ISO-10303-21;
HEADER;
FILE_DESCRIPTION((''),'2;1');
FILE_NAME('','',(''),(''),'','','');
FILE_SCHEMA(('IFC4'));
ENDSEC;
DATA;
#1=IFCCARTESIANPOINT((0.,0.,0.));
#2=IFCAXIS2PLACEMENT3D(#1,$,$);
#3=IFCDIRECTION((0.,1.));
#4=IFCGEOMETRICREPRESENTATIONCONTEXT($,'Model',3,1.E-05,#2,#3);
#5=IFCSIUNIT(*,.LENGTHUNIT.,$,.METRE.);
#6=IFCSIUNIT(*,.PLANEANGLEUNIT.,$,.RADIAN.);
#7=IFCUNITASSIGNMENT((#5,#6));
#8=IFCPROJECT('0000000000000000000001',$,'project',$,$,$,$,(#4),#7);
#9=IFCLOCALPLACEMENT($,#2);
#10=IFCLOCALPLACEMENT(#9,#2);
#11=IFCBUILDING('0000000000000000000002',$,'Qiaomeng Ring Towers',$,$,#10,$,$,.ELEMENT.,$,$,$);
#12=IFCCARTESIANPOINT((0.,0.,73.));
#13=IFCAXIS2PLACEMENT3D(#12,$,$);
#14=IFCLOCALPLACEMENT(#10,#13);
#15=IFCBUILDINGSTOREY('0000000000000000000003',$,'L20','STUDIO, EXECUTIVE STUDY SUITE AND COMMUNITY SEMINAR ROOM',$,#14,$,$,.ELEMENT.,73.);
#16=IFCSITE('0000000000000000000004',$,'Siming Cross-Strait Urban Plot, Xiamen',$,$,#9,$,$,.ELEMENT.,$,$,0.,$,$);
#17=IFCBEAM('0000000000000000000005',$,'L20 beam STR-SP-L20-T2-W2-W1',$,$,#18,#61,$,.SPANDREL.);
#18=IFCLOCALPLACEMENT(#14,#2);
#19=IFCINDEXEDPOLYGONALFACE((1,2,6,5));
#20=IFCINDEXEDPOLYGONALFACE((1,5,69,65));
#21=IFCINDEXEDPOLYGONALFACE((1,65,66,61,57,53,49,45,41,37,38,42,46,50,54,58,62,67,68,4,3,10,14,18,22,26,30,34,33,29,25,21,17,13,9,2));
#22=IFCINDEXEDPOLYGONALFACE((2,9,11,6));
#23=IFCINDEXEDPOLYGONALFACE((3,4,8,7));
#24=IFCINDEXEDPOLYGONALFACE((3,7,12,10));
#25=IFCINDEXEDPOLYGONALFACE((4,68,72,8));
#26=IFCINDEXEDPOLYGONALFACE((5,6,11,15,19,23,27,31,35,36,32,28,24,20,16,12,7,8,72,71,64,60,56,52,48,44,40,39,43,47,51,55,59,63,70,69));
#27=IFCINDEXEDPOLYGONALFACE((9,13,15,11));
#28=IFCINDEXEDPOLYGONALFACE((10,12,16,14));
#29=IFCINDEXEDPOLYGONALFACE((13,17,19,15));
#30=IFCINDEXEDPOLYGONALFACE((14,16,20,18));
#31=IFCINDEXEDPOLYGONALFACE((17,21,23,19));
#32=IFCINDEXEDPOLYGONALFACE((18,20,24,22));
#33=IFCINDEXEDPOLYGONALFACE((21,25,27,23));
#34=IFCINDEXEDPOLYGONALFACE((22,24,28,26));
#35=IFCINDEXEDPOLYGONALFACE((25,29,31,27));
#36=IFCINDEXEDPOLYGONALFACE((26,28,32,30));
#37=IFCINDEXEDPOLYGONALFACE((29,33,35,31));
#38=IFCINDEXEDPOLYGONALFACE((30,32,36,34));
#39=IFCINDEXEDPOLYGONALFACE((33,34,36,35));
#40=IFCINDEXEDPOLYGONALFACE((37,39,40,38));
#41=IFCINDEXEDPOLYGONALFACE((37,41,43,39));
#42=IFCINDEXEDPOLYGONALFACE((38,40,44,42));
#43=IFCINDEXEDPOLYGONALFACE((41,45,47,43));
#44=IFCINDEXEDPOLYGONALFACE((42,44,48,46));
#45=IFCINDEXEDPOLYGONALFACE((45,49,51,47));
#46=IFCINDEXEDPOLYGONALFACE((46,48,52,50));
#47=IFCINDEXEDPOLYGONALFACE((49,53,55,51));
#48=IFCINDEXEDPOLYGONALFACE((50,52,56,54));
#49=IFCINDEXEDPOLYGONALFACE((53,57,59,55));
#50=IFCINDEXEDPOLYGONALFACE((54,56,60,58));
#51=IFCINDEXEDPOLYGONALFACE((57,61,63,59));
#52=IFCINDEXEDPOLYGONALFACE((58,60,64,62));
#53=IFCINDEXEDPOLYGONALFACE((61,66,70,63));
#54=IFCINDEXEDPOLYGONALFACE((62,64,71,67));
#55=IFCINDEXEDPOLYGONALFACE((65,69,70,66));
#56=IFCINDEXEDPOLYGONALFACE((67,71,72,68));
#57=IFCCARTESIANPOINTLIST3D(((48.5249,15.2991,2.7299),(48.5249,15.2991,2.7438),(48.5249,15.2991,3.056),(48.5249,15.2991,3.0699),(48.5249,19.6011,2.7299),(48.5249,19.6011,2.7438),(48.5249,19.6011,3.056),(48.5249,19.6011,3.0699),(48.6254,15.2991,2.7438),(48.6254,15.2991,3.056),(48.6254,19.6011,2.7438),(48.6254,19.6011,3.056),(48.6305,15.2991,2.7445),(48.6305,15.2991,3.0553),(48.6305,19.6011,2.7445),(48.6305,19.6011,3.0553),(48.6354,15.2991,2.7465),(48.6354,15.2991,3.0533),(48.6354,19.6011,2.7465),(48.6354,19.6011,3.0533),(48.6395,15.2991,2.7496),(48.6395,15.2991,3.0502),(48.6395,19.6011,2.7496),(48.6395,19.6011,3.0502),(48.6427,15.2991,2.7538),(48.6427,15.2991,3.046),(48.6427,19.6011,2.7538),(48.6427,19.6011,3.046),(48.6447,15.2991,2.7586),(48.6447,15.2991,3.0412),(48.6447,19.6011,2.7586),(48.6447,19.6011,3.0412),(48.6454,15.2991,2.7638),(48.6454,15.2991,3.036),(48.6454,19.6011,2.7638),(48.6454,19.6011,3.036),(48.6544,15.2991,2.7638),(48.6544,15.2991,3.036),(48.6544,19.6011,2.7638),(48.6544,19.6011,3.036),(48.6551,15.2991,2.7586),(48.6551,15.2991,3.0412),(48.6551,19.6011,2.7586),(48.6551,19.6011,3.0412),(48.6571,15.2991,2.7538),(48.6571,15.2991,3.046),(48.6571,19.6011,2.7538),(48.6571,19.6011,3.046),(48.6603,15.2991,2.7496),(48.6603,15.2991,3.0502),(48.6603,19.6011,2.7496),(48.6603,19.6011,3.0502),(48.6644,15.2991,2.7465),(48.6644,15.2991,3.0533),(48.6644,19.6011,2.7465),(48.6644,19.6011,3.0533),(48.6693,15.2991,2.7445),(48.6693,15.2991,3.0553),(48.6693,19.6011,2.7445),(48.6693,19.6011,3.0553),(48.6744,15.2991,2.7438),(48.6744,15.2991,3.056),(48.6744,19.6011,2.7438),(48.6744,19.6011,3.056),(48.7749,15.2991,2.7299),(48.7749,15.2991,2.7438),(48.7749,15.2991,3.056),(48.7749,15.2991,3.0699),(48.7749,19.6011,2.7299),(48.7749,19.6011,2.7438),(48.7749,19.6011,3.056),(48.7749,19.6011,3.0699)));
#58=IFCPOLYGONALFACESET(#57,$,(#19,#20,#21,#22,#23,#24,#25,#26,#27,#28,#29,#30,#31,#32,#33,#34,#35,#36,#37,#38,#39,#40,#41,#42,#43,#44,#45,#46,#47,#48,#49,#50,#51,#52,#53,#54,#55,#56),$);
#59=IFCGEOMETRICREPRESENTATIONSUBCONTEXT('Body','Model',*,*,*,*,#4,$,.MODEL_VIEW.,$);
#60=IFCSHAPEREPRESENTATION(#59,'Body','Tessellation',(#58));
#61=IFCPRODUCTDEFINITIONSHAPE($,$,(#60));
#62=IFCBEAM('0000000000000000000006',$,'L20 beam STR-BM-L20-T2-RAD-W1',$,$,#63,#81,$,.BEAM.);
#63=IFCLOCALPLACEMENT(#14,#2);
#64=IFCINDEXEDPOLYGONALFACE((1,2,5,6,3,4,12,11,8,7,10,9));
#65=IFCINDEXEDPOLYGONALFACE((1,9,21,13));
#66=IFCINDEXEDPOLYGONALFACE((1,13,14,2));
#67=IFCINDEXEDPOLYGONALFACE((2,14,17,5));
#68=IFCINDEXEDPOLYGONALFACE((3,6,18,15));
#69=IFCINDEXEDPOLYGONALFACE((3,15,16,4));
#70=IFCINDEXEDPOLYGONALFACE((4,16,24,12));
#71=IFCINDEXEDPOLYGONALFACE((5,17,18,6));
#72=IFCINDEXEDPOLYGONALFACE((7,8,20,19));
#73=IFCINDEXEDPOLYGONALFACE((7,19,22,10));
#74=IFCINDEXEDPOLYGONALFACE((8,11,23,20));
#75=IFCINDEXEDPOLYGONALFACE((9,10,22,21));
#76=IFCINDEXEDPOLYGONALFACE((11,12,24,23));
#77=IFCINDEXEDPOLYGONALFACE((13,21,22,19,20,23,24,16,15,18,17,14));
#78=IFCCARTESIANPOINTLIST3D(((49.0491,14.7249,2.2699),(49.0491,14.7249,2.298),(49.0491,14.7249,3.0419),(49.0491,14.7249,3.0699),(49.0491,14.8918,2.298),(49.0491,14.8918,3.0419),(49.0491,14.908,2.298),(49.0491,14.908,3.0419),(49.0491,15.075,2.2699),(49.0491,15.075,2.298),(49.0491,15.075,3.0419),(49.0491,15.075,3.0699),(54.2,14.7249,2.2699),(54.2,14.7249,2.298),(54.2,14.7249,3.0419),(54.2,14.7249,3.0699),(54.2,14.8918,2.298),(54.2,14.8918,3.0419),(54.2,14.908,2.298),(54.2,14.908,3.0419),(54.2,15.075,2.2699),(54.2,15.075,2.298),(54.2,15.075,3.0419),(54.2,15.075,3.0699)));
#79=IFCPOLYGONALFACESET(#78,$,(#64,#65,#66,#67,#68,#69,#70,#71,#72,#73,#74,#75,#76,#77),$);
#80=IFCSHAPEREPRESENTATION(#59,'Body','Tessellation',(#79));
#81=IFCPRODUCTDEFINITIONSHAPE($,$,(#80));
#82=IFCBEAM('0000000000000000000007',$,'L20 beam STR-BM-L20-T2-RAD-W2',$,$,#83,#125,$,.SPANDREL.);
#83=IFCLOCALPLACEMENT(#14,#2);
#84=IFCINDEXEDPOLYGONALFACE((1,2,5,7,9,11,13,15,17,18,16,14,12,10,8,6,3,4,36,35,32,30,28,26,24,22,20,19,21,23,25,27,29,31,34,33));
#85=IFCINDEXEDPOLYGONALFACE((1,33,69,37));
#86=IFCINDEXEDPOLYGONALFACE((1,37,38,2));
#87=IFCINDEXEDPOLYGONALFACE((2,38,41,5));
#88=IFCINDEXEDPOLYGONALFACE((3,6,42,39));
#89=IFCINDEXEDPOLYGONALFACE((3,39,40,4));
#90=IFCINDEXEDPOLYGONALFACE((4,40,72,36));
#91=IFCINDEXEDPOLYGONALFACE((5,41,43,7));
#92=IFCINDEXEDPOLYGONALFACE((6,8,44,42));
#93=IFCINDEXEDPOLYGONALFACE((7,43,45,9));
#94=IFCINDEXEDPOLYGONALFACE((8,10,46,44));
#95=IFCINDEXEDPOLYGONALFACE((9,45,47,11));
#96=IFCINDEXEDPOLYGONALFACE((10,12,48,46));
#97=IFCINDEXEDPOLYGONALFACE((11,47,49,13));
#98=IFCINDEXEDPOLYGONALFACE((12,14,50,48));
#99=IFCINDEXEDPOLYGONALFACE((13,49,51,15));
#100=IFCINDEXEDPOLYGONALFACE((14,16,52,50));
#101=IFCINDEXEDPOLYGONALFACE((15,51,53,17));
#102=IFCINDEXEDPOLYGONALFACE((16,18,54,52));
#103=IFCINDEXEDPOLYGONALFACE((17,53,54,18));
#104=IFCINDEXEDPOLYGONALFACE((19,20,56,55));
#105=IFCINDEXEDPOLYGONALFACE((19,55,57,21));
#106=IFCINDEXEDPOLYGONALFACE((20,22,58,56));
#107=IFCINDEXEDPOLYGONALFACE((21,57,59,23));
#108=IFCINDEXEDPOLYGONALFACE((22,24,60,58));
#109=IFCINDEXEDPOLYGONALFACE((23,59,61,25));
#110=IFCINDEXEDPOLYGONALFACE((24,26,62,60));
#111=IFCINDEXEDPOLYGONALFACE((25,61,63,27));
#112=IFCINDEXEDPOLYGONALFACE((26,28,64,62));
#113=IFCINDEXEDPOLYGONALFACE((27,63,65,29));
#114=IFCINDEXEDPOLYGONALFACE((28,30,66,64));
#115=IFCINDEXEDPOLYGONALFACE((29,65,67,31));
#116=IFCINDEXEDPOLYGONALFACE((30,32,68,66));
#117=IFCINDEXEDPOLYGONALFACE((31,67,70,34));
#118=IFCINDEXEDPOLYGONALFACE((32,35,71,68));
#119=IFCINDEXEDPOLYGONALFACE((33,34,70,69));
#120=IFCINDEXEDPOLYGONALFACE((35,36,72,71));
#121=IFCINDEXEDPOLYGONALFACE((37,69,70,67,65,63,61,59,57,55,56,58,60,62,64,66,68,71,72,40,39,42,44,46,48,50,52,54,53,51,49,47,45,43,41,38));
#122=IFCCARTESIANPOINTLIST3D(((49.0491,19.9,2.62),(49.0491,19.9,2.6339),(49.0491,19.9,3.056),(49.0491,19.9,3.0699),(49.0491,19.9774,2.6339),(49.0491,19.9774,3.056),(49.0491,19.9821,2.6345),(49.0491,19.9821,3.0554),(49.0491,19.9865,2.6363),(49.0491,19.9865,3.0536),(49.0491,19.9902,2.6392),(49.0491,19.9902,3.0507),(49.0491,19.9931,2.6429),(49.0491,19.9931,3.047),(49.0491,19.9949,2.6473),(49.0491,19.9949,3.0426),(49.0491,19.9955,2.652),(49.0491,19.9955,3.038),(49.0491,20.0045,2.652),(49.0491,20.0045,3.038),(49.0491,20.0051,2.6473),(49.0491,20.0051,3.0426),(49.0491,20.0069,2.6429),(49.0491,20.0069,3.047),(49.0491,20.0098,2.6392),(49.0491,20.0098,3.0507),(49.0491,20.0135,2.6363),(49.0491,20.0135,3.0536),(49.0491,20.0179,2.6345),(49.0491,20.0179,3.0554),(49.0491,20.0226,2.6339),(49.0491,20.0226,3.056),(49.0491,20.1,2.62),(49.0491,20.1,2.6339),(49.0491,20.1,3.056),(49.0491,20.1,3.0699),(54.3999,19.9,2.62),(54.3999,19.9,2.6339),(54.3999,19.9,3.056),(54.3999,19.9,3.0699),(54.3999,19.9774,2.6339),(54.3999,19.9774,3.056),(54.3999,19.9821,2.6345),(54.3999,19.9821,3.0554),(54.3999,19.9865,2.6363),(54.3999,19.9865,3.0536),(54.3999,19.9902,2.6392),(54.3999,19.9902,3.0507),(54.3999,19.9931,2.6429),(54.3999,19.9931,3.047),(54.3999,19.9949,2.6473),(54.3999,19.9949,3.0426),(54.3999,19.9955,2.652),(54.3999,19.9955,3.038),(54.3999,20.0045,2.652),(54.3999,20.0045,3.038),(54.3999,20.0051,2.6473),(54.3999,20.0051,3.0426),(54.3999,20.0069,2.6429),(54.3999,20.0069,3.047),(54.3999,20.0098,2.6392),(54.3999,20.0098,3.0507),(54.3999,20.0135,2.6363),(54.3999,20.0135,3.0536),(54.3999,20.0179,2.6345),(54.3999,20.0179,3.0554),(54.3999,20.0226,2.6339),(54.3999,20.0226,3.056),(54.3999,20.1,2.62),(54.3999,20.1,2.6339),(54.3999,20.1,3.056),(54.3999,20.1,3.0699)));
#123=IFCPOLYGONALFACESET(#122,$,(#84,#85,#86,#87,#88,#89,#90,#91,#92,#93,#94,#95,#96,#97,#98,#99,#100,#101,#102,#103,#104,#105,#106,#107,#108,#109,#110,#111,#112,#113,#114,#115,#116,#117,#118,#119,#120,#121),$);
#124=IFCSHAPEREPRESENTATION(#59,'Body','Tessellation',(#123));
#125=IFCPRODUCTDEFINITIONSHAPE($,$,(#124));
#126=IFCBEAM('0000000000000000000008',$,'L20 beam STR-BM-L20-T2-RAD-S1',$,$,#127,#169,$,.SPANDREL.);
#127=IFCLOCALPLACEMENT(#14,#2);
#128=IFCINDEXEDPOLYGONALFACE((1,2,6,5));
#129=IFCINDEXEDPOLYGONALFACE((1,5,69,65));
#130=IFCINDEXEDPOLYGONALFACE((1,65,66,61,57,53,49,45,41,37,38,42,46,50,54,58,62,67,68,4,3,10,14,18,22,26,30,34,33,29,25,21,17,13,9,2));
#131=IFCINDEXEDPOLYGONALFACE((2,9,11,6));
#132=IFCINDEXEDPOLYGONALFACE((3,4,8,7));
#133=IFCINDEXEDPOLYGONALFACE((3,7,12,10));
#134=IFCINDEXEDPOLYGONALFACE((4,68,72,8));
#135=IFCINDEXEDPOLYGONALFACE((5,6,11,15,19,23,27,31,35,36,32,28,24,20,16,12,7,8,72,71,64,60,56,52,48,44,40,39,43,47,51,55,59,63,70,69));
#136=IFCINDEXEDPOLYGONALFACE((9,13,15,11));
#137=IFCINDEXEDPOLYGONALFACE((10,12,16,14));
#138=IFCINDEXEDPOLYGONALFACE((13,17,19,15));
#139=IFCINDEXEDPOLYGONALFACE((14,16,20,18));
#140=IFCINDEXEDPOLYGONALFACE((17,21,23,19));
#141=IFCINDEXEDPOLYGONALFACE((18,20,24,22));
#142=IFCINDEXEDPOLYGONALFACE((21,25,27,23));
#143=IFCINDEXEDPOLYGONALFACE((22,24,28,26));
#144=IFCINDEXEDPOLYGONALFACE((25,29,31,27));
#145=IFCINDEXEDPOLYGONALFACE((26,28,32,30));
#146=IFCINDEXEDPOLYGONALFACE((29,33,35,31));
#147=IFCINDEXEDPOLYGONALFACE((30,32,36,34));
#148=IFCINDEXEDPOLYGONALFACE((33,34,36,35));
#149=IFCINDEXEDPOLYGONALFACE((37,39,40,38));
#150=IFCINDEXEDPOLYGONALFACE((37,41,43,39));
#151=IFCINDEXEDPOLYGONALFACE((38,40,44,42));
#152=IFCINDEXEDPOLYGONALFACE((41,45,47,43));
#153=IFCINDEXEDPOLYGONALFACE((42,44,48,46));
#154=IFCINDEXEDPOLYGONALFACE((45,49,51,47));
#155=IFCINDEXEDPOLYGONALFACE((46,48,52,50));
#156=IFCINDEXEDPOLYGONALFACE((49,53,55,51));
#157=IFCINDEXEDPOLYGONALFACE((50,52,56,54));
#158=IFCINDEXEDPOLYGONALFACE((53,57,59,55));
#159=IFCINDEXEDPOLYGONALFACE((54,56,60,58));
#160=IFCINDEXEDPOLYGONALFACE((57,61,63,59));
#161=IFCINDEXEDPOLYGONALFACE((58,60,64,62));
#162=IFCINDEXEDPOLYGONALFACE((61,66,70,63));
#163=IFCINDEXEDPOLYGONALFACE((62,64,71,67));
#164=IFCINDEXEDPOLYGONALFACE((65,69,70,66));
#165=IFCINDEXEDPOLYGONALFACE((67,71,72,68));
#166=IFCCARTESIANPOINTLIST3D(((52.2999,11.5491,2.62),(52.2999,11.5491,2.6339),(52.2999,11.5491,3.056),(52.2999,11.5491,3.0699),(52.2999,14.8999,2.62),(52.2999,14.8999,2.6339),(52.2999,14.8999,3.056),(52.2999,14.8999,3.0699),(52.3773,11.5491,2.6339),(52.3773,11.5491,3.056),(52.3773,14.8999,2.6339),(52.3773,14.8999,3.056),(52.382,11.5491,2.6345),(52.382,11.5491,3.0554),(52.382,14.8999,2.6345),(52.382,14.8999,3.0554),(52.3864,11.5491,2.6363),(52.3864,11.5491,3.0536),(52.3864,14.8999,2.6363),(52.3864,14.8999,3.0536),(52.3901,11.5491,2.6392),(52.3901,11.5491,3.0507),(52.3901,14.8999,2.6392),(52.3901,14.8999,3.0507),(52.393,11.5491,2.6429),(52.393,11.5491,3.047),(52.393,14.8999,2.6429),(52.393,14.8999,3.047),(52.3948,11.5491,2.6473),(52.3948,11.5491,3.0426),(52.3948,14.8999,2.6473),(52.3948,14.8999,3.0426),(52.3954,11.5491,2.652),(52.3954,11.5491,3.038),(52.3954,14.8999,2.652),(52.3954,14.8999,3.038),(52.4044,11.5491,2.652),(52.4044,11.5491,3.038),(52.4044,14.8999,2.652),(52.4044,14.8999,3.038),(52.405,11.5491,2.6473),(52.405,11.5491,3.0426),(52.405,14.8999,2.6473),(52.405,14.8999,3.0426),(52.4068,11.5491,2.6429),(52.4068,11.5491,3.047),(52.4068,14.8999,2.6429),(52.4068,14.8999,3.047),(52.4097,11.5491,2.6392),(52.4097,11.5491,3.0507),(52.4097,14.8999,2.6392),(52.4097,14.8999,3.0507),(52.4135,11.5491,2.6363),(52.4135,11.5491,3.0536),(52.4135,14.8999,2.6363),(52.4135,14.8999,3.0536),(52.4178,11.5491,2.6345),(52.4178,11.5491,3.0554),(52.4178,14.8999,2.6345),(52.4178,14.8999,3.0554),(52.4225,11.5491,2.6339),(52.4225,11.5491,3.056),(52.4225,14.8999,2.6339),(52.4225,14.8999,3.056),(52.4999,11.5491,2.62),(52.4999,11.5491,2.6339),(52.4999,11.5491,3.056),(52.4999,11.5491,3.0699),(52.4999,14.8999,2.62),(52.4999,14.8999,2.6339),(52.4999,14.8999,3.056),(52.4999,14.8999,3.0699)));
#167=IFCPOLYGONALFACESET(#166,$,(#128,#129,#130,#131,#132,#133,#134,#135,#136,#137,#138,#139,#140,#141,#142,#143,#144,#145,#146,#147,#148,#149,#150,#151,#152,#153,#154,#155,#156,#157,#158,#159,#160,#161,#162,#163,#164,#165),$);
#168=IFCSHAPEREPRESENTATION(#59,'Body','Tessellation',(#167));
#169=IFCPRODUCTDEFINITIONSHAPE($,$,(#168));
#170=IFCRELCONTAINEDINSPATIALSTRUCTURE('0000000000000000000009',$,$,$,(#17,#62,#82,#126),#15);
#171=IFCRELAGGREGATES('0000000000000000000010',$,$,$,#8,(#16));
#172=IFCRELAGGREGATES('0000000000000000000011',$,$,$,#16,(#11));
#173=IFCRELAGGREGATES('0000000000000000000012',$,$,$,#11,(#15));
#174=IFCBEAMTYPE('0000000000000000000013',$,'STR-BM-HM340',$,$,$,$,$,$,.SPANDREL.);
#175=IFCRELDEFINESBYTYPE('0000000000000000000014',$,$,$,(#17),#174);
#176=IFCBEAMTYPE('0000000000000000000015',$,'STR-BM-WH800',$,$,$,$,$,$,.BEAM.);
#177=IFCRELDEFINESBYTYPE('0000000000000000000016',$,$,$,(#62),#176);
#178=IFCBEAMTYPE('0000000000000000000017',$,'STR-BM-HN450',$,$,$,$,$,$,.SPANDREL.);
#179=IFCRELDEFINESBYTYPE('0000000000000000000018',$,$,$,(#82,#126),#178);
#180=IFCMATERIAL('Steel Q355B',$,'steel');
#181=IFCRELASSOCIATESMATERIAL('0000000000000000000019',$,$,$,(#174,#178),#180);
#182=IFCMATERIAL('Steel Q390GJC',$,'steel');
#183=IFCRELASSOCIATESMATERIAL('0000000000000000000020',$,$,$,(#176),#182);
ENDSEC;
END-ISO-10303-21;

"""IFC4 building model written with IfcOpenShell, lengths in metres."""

from ifc_helpers import new_model, si_unit, direction, frame, origin, origin_2d, place, context, subcontext, project, spatial, i_section, extrude, source, transform, mapped, material, material_profile, profile_set, type_object, element, save


model = new_model("IFC4")

# Units and contexts
model_context = context("Model", 3, precision=1e-05, world=origin(), true_north=direction((0.0, 1.0)))
body_context = subcontext(model_context, "Body", "Model", "MODEL_VIEW")
ifc_project = project(units=[si_unit("LENGTHUNIT", "METRE"), si_unit("PLANEANGLEUNIT", "RADIAN")], contexts=[model_context])

# Site, building, storey
site_placement = place(None, origin())
site = spatial("IfcSite", under=ifc_project, at=site_placement, Name="Siming Cross-Strait Urban Plot, Xiamen", CompositionType="ELEMENT", RefElevation=0.0)
building_placement = place(site_placement, origin())
building = spatial("IfcBuilding", under=site, at=building_placement, Name="Qiaomeng Ring Towers", CompositionType="ELEMENT")
storey_placement = place(building_placement, frame((0.0, 0.0, 73.0)))
storey = spatial("IfcBuildingStorey", under=building, at=storey_placement, Name="L20", Description="STUDIO, EXECUTIVE STUDY SUITE AND COMMUNITY SEMINAR ROOM", CompositionType="ELEMENT", Elevation=73.0)

# Beams
ifc_material_1 = material(Name="Steel Q355B", Category="steel")
ifc_material_profile_1 = material_profile(ifc_material_1, i_section(OverallWidth=0.25, OverallDepth=0.3401, WebThickness=0.009, FlangeThickness=0.0139, FilletRadius=0.02, at=origin_2d()), Name="HM 340x250x9x14")
ifc_profile_set_1 = profile_set([ifc_material_profile_1], Name="Steel Q355B")
beam_type_1 = type_object("IfcBeamType", Name="STR-BM-HM340", PredefinedType="SPANDREL", material=ifc_profile_set_1)
shared_shape_1 = source(origin(), body_context, "Body", "SweptSolid", [
    extrude(i_section(OverallWidth=0.25, OverallDepth=0.3401, WebThickness=0.009, FlangeThickness=0.0139, FilletRadius=0.02, at=origin_2d()), origin(), (0.0, 0.0, 1.0), 4.302),
])
beam_1_placement = place(storey_placement, frame((48.6499, 19.6011, 2.8999), z_axis=(0.0, -1.0, 0.0), x_axis=(1.0, 0.0, 0.0)))
element("IfcBeam", 1, at=beam_1_placement, inside=storey, type_object=beam_type_1, Name="L20 beam STR-SP-L20-T2-W2-W1", PredefinedType="SPANDREL", context=body_context, shape_type="MappedRepresentation", body=[
    mapped(shared_shape_1, transform((0.0, 0.0, 0.0), x_axis=(1.0, 0.0, 0.0), y_axis=(0.0, 1.0, 0.0), z_axis=(0.0, 0.0, 1.0), scale=1.0)),
])
ifc_material_2 = material(Name="Steel Q390GJC", Category="steel")
ifc_material_profile_2 = material_profile(ifc_material_2, i_section(OverallWidth=0.3501, OverallDepth=0.8, WebThickness=0.0161, FlangeThickness=0.0281, at=origin_2d()), Name="WH 800x350x16x28")
ifc_profile_set_2 = profile_set([ifc_material_profile_2], Name="Steel Q390GJC")
beam_type_2 = type_object("IfcBeamType", Name="STR-BM-WH800", PredefinedType="BEAM", material=ifc_profile_set_2)
shared_shape_2 = source(origin(), body_context, "Body", "SweptSolid", [
    extrude(i_section(OverallWidth=0.3501, OverallDepth=0.8, WebThickness=0.0161, FlangeThickness=0.0281, at=origin_2d()), origin(), (0.0, 0.0, 1.0), 5.1509),
])
beam_2_placement = place(storey_placement, frame((49.0491, 14.8999, 2.6699), z_axis=(1.0, 0.0, 0.0), x_axis=(0.0, 1.0, 0.0)))
element("IfcBeam", 2, at=beam_2_placement, inside=storey, type_object=beam_type_2, Name="L20 beam STR-BM-L20-T2-RAD-W1", PredefinedType="BEAM", context=body_context, shape_type="MappedRepresentation", body=[
    mapped(shared_shape_2, transform((0.0, 0.0, 0.0), x_axis=(1.0, 0.0, 0.0), y_axis=(0.0, 1.0, 0.0), z_axis=(0.0, 0.0, 1.0), scale=1.0)),
])
ifc_material_profile_3 = material_profile(ifc_material_1, i_section(OverallWidth=0.2, OverallDepth=0.45, WebThickness=0.009, FlangeThickness=0.0139, FilletRadius=0.0181, at=origin_2d()), Name="HN 450x200x9x14")
ifc_profile_set_3 = profile_set([ifc_material_profile_3], Name="Steel Q355B")
beam_type_3 = type_object("IfcBeamType", Name="STR-BM-HN450", PredefinedType="SPANDREL", material=ifc_profile_set_3)
shared_shape_3 = source(origin(), body_context, "Body", "SweptSolid", [
    extrude(i_section(OverallWidth=0.2, OverallDepth=0.45, WebThickness=0.009, FlangeThickness=0.0139, FilletRadius=0.0181, at=origin_2d()), origin(), (0.0, 0.0, 1.0), 5.3508),
])
beam_3_placement = place(storey_placement, frame((49.0491, 20.0, 2.845), z_axis=(1.0, 0.0, 0.0), x_axis=(0.0, 1.0, 0.0)))
element("IfcBeam", 3, at=beam_3_placement, inside=storey, type_object=beam_type_3, Name="L20 beam STR-BM-L20-T2-RAD-W2", PredefinedType="SPANDREL", context=body_context, shape_type="MappedRepresentation", body=[
    mapped(shared_shape_3, transform((0.0, 0.0, 0.0), x_axis=(1.0, 0.0, 0.0), y_axis=(0.0, 1.0, 0.0), z_axis=(0.0, 0.0, 1.0), scale=1.0)),
])
shared_shape_4 = source(origin(), body_context, "Body", "SweptSolid", [
    extrude(i_section(OverallWidth=0.2, OverallDepth=0.45, WebThickness=0.009, FlangeThickness=0.0139, FilletRadius=0.0181, at=origin_2d()), origin(), (0.0, 0.0, 1.0), 3.3508),
])
beam_4_placement = place(storey_placement, frame((52.3999, 11.5491, 2.845), z_axis=(0.0, 1.0, 0.0), x_axis=(-1.0, 0.0, 0.0)))
element("IfcBeam", 4, at=beam_4_placement, inside=storey, type_object=beam_type_3, Name="L20 beam STR-BM-L20-T2-RAD-S1", PredefinedType="SPANDREL", context=body_context, shape_type="MappedRepresentation", body=[
    mapped(shared_shape_4, transform((0.0, 0.0, 0.0), x_axis=(1.0, 0.0, 0.0), y_axis=(0.0, 1.0, 0.0), z_axis=(0.0, 0.0, 1.0), scale=1.0)),
])

save(model, "model.ifc")
